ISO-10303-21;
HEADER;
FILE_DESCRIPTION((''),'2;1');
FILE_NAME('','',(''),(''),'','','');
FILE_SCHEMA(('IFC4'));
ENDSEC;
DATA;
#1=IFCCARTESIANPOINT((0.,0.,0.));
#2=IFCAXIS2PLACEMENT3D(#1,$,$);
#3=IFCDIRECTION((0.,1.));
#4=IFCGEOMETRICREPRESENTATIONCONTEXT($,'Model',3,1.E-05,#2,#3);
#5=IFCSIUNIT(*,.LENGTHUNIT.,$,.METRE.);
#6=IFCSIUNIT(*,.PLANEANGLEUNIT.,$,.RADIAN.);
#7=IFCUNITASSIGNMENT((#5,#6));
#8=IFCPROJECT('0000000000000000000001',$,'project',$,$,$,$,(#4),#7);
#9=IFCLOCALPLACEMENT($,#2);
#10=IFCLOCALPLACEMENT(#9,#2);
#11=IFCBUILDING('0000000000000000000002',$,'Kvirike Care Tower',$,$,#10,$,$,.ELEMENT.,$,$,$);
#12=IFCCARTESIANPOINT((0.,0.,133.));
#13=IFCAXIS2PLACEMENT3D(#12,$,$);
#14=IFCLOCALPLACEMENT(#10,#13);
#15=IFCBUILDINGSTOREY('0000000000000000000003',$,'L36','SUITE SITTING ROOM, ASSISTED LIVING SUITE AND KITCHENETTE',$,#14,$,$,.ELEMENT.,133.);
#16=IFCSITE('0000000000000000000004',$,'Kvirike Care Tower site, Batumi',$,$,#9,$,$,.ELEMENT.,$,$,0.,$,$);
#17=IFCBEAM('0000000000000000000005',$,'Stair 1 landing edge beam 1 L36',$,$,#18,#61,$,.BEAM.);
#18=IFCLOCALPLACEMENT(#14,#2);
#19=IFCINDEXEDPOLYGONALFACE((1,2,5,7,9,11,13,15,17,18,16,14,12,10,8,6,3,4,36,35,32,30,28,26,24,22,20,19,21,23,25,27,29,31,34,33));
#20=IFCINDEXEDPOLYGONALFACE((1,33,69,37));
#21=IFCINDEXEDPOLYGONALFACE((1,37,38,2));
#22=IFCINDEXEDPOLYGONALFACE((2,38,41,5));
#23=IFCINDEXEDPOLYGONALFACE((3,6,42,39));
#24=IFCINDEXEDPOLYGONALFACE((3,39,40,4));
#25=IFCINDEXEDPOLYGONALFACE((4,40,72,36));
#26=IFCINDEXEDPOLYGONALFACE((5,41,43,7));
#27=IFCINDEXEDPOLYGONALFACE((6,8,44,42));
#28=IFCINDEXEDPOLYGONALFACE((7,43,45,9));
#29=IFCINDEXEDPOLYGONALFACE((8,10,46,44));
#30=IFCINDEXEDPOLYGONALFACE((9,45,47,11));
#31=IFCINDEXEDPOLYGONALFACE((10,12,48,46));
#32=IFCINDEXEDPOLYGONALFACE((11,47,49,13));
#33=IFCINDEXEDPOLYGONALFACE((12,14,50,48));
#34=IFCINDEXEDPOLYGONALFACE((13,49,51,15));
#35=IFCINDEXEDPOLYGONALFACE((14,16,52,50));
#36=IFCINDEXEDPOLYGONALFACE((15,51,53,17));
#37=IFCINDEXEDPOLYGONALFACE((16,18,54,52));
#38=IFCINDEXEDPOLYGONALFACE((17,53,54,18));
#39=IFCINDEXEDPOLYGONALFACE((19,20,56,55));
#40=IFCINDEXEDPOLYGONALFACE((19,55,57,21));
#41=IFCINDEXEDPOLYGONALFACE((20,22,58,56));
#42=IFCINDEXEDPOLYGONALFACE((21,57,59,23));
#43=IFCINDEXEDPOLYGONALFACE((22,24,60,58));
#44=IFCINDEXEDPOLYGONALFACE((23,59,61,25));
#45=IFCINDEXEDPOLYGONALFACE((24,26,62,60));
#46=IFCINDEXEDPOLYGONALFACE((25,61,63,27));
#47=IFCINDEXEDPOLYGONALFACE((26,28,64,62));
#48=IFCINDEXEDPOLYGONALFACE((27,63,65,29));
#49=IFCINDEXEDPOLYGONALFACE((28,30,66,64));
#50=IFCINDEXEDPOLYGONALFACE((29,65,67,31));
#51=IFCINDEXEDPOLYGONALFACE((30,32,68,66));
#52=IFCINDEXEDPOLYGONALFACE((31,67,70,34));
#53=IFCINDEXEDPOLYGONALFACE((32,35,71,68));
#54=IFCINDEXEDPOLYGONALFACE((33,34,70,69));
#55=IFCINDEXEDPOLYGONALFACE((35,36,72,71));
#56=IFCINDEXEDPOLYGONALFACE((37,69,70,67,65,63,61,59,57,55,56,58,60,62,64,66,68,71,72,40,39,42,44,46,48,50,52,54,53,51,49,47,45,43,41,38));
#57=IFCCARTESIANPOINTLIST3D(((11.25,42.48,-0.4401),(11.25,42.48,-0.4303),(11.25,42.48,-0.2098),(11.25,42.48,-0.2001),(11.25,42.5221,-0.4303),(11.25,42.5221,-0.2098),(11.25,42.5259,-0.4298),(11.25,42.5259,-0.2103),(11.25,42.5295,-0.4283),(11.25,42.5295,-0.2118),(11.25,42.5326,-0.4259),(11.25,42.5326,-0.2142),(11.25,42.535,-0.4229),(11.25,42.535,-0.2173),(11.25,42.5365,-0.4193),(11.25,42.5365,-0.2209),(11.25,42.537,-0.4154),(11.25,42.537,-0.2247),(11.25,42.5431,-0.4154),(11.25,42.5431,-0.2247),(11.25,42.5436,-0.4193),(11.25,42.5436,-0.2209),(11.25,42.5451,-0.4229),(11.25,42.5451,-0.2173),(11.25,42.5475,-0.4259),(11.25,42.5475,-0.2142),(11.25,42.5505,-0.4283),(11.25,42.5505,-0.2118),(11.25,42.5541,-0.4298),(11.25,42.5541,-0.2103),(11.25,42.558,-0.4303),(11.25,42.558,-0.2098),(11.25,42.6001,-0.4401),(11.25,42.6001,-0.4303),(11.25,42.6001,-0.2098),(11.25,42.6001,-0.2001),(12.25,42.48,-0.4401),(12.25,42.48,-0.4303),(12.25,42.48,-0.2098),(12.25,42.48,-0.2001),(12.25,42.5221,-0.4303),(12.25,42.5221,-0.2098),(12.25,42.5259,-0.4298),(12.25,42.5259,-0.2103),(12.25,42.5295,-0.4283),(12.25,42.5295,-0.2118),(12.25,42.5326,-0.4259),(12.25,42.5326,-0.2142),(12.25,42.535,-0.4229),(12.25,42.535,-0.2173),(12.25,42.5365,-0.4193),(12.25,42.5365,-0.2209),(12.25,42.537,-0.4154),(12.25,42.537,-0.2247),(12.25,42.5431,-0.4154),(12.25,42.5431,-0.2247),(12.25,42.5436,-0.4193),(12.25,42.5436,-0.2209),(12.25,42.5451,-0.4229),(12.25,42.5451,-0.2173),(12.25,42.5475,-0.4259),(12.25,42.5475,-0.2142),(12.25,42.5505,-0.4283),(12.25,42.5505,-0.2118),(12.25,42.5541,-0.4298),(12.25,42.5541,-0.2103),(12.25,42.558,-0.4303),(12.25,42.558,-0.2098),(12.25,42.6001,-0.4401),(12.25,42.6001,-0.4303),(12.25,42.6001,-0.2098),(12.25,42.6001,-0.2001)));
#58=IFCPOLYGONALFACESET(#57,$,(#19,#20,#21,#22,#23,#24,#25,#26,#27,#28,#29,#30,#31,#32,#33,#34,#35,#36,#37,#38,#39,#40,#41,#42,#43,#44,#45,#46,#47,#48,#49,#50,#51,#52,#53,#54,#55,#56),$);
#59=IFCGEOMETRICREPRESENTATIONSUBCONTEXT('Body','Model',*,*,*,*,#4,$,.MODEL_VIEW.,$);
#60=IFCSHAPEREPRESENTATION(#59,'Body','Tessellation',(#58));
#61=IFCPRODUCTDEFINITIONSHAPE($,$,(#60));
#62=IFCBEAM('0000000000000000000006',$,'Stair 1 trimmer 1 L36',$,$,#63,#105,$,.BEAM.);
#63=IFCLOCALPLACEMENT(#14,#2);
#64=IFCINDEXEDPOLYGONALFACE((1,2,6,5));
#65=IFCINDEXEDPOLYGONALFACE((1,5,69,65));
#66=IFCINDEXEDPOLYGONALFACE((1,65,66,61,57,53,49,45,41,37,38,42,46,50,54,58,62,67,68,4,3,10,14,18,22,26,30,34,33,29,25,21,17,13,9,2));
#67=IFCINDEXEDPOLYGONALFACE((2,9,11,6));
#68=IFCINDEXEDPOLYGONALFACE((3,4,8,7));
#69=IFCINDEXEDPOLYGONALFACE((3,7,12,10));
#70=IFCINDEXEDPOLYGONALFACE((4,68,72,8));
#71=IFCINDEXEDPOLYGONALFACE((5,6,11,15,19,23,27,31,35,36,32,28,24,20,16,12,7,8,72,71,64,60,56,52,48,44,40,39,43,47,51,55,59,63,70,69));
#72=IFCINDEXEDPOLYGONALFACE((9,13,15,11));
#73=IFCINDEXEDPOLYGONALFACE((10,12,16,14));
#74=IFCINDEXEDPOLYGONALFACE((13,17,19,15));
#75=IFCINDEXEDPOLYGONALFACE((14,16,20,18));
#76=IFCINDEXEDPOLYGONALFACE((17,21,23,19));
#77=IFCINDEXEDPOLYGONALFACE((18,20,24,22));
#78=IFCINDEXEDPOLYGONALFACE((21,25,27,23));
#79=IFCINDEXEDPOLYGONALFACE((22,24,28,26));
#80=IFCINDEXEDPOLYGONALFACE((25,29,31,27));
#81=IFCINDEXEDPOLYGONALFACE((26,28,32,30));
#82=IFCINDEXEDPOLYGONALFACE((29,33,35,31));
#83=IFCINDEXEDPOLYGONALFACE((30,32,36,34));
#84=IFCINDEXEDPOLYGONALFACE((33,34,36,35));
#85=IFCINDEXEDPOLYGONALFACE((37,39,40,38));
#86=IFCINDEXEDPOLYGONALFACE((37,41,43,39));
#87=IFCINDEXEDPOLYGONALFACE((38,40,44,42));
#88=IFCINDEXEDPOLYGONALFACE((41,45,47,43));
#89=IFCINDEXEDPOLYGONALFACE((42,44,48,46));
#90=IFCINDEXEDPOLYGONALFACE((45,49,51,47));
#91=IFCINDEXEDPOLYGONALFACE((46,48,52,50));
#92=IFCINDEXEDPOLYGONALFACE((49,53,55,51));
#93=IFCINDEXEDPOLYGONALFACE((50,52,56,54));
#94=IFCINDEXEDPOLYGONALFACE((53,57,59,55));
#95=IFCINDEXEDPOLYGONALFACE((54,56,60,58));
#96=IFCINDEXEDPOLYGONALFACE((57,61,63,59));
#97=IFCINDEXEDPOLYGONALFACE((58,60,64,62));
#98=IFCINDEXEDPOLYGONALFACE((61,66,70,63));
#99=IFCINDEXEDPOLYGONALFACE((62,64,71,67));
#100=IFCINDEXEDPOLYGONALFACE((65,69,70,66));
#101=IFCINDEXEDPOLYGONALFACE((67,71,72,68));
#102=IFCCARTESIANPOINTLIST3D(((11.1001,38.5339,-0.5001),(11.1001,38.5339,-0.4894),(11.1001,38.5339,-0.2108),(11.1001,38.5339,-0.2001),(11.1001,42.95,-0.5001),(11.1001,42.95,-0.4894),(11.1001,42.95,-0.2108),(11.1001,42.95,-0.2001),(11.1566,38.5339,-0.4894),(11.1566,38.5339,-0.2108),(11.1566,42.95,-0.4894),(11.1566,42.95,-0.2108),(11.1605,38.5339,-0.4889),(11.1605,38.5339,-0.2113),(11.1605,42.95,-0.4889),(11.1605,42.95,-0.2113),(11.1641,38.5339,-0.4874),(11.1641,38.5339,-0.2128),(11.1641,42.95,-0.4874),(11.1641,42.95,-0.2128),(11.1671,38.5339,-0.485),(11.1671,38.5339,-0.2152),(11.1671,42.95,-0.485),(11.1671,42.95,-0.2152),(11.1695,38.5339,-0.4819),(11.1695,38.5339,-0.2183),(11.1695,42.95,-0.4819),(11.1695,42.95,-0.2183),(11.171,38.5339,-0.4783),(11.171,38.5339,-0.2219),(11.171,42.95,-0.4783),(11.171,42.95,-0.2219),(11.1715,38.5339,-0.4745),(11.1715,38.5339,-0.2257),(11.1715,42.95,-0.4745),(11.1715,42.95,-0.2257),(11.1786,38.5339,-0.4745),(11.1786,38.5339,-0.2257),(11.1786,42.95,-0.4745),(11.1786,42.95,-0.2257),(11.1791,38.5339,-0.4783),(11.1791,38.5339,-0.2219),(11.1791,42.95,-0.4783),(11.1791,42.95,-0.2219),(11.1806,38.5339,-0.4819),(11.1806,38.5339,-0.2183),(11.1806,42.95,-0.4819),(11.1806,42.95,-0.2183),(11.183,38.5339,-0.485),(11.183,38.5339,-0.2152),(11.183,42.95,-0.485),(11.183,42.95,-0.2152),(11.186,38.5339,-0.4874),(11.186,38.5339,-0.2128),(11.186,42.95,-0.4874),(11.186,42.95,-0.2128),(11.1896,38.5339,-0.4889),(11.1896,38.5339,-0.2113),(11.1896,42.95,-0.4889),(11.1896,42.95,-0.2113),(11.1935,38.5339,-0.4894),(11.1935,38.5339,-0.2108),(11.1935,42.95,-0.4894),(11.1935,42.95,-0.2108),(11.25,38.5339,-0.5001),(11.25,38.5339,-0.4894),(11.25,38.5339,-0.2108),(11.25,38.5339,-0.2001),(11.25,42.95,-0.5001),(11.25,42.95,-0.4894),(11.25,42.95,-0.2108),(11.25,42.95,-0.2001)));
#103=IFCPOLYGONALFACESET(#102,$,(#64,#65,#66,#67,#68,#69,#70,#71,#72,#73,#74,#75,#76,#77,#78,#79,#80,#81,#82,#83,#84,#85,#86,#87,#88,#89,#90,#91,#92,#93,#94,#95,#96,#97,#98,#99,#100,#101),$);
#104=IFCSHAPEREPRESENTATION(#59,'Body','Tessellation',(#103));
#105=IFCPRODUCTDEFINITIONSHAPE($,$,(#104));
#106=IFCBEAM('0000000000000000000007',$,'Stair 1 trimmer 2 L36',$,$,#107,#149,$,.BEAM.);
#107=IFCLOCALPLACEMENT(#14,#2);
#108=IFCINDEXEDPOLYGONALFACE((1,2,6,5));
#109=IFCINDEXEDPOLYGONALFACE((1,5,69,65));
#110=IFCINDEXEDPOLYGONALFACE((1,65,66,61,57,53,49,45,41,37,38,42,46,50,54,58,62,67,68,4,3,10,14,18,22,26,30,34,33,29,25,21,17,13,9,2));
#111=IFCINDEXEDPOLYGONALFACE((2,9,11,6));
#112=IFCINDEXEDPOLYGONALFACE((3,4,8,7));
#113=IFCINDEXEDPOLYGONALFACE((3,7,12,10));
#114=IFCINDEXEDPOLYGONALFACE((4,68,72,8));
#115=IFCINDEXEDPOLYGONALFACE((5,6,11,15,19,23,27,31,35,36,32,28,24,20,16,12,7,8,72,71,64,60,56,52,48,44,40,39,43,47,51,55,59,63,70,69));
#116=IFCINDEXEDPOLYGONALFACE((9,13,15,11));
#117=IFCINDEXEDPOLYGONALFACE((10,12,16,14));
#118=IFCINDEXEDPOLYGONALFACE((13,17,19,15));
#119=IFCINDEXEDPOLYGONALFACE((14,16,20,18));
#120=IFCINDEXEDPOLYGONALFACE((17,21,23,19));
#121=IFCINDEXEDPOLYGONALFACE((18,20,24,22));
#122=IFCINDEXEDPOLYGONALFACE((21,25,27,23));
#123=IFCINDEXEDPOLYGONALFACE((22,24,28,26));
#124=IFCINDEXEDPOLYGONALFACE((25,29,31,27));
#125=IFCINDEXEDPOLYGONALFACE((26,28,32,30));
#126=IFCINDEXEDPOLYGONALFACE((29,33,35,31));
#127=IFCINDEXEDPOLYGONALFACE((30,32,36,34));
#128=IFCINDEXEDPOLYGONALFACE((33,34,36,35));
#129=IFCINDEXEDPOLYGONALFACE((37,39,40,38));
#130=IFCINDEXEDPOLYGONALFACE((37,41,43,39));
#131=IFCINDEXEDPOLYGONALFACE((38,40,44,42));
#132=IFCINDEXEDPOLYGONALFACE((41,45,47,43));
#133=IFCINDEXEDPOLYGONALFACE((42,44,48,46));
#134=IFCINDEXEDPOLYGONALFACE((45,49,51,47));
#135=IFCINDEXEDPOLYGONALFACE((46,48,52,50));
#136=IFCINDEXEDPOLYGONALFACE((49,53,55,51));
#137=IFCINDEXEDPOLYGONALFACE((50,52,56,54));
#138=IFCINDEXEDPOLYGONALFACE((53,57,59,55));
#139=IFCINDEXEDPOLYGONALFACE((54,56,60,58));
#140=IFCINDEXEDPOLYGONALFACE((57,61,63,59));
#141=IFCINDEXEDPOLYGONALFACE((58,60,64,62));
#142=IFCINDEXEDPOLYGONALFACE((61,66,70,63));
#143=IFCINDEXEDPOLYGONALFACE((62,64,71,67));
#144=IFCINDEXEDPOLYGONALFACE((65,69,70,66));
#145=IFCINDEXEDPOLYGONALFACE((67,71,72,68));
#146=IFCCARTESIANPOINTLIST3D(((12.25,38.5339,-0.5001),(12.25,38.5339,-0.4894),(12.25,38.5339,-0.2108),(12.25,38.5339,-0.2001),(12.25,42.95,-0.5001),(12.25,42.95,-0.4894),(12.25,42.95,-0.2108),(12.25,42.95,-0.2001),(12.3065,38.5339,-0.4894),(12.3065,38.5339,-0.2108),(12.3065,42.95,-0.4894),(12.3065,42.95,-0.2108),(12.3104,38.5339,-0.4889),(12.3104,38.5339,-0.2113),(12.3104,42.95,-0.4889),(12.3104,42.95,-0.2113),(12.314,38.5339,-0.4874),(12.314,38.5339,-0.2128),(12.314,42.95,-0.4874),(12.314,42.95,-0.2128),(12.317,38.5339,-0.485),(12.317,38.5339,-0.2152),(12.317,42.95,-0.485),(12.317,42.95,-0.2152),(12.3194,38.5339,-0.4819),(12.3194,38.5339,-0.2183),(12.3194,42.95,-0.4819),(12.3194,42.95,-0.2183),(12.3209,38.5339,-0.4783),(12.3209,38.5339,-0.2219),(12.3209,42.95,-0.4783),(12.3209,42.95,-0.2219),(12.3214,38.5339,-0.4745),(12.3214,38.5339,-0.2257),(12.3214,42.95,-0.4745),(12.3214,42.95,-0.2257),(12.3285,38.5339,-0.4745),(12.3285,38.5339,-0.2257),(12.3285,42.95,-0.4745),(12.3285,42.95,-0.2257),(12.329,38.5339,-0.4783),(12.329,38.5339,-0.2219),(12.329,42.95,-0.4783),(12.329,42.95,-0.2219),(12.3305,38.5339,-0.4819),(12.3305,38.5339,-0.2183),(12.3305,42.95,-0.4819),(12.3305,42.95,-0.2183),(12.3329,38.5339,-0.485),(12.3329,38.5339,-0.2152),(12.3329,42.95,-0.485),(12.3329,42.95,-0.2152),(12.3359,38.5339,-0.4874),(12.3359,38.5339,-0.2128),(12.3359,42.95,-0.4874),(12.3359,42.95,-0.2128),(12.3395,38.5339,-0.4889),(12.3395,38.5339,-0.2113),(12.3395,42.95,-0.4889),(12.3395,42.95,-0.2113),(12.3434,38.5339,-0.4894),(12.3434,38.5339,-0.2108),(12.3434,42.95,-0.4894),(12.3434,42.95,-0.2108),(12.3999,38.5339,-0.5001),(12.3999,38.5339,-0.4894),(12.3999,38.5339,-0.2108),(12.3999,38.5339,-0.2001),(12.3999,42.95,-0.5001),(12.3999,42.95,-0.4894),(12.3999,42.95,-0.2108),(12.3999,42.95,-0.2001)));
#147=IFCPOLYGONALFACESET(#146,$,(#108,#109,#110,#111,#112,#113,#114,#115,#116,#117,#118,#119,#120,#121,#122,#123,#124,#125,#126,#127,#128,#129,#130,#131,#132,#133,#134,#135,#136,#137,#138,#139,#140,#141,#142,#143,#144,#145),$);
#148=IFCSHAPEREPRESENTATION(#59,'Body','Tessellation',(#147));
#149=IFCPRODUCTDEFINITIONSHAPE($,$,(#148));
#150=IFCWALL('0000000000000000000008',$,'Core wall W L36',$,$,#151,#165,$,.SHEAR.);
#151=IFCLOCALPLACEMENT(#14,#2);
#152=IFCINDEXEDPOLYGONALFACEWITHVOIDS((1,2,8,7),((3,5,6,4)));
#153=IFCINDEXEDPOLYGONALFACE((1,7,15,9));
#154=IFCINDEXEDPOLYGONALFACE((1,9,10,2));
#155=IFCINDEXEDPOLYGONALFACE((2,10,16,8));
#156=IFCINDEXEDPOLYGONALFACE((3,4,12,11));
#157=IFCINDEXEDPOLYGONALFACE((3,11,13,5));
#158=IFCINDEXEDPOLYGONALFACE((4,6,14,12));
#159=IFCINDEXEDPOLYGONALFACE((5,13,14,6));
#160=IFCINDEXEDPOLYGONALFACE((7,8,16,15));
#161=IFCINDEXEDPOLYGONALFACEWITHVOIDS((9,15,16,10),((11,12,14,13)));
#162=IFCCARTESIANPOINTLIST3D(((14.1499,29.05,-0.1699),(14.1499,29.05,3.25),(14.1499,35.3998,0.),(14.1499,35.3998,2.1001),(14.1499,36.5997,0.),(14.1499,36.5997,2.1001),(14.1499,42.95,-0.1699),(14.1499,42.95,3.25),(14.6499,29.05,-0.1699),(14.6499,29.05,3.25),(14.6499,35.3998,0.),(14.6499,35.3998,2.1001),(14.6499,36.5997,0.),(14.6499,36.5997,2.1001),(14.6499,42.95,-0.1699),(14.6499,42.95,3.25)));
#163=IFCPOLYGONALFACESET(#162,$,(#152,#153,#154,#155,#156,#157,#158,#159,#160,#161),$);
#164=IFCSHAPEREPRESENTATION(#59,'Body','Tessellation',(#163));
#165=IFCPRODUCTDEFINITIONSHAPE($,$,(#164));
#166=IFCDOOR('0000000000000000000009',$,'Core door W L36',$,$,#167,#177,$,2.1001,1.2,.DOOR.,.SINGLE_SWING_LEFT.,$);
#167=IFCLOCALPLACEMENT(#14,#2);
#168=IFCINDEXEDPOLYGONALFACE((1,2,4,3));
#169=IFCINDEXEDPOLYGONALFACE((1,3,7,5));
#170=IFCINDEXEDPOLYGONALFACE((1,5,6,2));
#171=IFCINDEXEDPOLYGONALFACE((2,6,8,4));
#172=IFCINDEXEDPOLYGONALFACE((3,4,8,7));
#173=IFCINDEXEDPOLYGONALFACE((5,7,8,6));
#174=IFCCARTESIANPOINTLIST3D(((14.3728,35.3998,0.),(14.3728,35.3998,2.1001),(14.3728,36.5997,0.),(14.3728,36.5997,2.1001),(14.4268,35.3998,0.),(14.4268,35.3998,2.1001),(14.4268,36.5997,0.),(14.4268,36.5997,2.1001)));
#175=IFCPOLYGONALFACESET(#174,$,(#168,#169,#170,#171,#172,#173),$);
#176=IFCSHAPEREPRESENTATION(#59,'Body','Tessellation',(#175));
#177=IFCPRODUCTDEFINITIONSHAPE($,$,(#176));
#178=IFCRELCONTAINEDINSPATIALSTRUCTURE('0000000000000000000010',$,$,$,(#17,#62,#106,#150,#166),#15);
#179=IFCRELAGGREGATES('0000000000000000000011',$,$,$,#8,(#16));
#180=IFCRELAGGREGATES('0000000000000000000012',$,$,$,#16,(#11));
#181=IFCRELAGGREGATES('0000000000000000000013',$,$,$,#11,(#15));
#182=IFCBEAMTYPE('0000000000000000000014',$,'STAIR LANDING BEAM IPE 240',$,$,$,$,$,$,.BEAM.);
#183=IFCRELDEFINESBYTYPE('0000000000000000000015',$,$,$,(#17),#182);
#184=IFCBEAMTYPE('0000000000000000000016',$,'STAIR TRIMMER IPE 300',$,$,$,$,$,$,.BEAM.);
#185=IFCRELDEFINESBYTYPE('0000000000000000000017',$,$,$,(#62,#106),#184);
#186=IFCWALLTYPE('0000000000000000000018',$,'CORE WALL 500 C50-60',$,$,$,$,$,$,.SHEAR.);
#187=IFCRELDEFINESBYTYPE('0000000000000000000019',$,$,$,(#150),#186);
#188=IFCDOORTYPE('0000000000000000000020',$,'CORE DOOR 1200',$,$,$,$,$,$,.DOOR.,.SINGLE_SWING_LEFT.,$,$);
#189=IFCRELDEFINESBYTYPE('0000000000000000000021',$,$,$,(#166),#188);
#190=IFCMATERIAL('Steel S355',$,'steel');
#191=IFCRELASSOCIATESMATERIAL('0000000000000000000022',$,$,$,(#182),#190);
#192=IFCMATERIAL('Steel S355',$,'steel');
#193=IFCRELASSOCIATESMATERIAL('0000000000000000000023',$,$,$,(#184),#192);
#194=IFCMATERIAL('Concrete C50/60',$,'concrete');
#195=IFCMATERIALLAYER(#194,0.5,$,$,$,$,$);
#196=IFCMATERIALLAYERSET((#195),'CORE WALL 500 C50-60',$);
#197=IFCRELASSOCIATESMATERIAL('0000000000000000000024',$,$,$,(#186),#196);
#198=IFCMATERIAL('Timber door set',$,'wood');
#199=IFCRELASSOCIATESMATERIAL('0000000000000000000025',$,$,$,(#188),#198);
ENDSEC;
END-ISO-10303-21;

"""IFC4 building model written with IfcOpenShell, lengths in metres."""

from ifc_helpers import new_model, si_unit, direction, frame, frame_2d, origin, origin_2d, place, context, subcontext, project, spatial, rectangle, i_section, extrude, material, layer, layer_set, material_profile, profile_set, type_object, element, fill, save


model = new_model("IFC4")

# Units and contexts
model_context = context("Model", 3, precision=1e-05, world=origin(), true_north=direction((0.0, 1.0)))
body_context = subcontext(model_context, "Body", "Model", "MODEL_VIEW")
ifc_project = project(units=[si_unit("LENGTHUNIT", "METRE"), si_unit("PLANEANGLEUNIT", "RADIAN")], contexts=[model_context])

# Site, building, storey
site_placement = place(None, origin())
site = spatial("IfcSite", under=ifc_project, at=site_placement, Name="Kvirike Care Tower site, Batumi", CompositionType="ELEMENT", RefElevation=0.0)
building_placement = place(site_placement, origin())
building = spatial("IfcBuilding", under=site, at=building_placement, Name="Kvirike Care Tower", CompositionType="ELEMENT")
storey_placement = place(building_placement, frame((0.0, 0.0, 133.0)))
storey = spatial("IfcBuildingStorey", under=building, at=storey_placement, Name="L36", Description="SUITE SITTING ROOM, ASSISTED LIVING SUITE AND KITCHENETTE", CompositionType="ELEMENT", Elevation=133.0)

# Beams
ifc_material_1 = material(Name="Steel S355", Category="steel")
ifc_material_profile_1 = material_profile(ifc_material_1, i_section(OverallWidth=0.1201, OverallDepth=0.24, WebThickness=0.0061, FlangeThickness=0.0098, FilletRadius=0.0149, at=origin_2d()), Name="IPE 240")
ifc_profile_set_1 = profile_set([ifc_material_profile_1], Name="Steel S355")
beam_type_1 = type_object("IfcBeamType", Name="STAIR LANDING BEAM IPE 240", PredefinedType="BEAM", material=ifc_profile_set_1)
beam_1_placement = place(storey_placement, frame((11.25, 42.54, -0.3201), z_axis=(1.0, 0.0, 0.0), x_axis=(0.0, 1.0, 0.0)))
element("IfcBeam", 1, at=beam_1_placement, inside=storey, type_object=beam_type_1, Name="Stair 1 landing edge beam 1 L36", PredefinedType="BEAM", context=body_context, shape_type="SweptSolid", body=[
    extrude(i_section(OverallWidth=0.1201, OverallDepth=0.24, WebThickness=0.0061, FlangeThickness=0.0098, FilletRadius=0.0149, at=origin_2d()), origin(), (0.0, 0.0, 1.0), 1.0),
])
ifc_material_2 = material(Name="Steel S355", Category="steel")
ifc_material_profile_2 = material_profile(ifc_material_2, i_section(OverallWidth=0.1499, OverallDepth=0.3, WebThickness=0.0071, FlangeThickness=0.0107, FilletRadius=0.0149, at=origin_2d()), Name="IPE 300")
ifc_profile_set_2 = profile_set([ifc_material_profile_2], Name="Steel S355")
beam_type_2 = type_object("IfcBeamType", Name="STAIR TRIMMER IPE 300", PredefinedType="BEAM", material=ifc_profile_set_2)
for number, where, z_axis, x_axis, name in (
    (2, (11.175, 42.95, -0.3501), (0.0, -1.0, 0.0), (1.0, 0.0, 0.0), "Stair 1 trimmer 1 L36"),
    (3, (12.325, 42.95, -0.3501), (0.0, -1.0, 0.0), (1.0, 0.0, 0.0), "Stair 1 trimmer 2 L36"),
):
    element("IfcBeam", number, at=place(storey_placement, frame(where, z_axis=z_axis, x_axis=x_axis)), inside=storey, type_object=beam_type_2, Name=name, PredefinedType="BEAM", context=body_context, shape_type="SweptSolid", body=[
        extrude(i_section(OverallWidth=0.1499, OverallDepth=0.3, WebThickness=0.0071, FlangeThickness=0.0107, FilletRadius=0.0149, at=origin_2d()), origin(), (0.0, 0.0, 1.0), 4.416),
    ])

# Wall, opening, door
ifc_material_3 = material(Name="Concrete C50/60", Category="concrete")
ifc_layer_1 = layer(ifc_material_3, 0.5)
ifc_layer_set_1 = layer_set([ifc_layer_1], Name="CORE WALL 500 C50-60")
wall_type_1 = type_object("IfcWallType", Name="CORE WALL 500 C50-60", PredefinedType="SHEAR", material=ifc_layer_set_1)
wall_1_placement = place(storey_placement, frame((14.3999, 42.95, -0.1699), z_axis=(0.0, 0.0, 1.0), x_axis=(0.0, -1.0, 0.0)))
wall_1 = element("IfcWall", 4, at=wall_1_placement, inside=storey, type_object=wall_type_1, Name="Core wall W L36", PredefinedType="SHEAR", context=body_context, shape_type="SweptSolid", body=[
    extrude(rectangle(XDim=13.8999, YDim=0.5, at=frame_2d((6.95, 0.0))), origin(), (0.0, 0.0, 1.0), 3.4199),
])
opening_1_placement = place(wall_1_placement, frame((6.3501, 0.0, 0.1699)))
opening_1 = element("IfcOpeningElement", 5, at=opening_1_placement, cuts=wall_1, PredefinedType="OPENING", context=body_context, shape_type="SweptSolid", body=[
    extrude(rectangle(XDim=1.2, YDim=2.1001, at=frame_2d((0.6001, 1.05))), frame((0.0, 0.2605, 0.0), z_axis=(0.0, -1.0, 0.0), x_axis=(1.0, 0.0, 0.0)), (0.0, 0.0, 1.0), 0.521),
])
ifc_material_4 = material(Name="Timber door set", Category="wood")
door_type_1 = type_object("IfcDoorType", Name="CORE DOOR 1200", OperationType="SINGLE_SWING_LEFT", PredefinedType="DOOR", material=ifc_material_4)
door_1_placement = place(opening_1_placement, origin())
door_1 = element("IfcDoor", 6, at=door_1_placement, inside=storey, type_object=door_type_1, Name="Core door W L36", OperationType="SINGLE_SWING_LEFT", OverallHeight=2.1001, OverallWidth=1.2, PredefinedType="DOOR", context=body_context, shape_type="SweptSolid", body=[
    extrude(rectangle(XDim=1.2, YDim=2.1001, at=frame_2d((0.6001, 1.05))), frame((0.0, 0.0269, 0.0), z_axis=(0.0, -1.0, 0.0), x_axis=(1.0, 0.0, 0.0)), (0.0, 0.0, 1.0), 0.054),
])
fill(opening_1, door_1)

save(model, "model.ifc")
